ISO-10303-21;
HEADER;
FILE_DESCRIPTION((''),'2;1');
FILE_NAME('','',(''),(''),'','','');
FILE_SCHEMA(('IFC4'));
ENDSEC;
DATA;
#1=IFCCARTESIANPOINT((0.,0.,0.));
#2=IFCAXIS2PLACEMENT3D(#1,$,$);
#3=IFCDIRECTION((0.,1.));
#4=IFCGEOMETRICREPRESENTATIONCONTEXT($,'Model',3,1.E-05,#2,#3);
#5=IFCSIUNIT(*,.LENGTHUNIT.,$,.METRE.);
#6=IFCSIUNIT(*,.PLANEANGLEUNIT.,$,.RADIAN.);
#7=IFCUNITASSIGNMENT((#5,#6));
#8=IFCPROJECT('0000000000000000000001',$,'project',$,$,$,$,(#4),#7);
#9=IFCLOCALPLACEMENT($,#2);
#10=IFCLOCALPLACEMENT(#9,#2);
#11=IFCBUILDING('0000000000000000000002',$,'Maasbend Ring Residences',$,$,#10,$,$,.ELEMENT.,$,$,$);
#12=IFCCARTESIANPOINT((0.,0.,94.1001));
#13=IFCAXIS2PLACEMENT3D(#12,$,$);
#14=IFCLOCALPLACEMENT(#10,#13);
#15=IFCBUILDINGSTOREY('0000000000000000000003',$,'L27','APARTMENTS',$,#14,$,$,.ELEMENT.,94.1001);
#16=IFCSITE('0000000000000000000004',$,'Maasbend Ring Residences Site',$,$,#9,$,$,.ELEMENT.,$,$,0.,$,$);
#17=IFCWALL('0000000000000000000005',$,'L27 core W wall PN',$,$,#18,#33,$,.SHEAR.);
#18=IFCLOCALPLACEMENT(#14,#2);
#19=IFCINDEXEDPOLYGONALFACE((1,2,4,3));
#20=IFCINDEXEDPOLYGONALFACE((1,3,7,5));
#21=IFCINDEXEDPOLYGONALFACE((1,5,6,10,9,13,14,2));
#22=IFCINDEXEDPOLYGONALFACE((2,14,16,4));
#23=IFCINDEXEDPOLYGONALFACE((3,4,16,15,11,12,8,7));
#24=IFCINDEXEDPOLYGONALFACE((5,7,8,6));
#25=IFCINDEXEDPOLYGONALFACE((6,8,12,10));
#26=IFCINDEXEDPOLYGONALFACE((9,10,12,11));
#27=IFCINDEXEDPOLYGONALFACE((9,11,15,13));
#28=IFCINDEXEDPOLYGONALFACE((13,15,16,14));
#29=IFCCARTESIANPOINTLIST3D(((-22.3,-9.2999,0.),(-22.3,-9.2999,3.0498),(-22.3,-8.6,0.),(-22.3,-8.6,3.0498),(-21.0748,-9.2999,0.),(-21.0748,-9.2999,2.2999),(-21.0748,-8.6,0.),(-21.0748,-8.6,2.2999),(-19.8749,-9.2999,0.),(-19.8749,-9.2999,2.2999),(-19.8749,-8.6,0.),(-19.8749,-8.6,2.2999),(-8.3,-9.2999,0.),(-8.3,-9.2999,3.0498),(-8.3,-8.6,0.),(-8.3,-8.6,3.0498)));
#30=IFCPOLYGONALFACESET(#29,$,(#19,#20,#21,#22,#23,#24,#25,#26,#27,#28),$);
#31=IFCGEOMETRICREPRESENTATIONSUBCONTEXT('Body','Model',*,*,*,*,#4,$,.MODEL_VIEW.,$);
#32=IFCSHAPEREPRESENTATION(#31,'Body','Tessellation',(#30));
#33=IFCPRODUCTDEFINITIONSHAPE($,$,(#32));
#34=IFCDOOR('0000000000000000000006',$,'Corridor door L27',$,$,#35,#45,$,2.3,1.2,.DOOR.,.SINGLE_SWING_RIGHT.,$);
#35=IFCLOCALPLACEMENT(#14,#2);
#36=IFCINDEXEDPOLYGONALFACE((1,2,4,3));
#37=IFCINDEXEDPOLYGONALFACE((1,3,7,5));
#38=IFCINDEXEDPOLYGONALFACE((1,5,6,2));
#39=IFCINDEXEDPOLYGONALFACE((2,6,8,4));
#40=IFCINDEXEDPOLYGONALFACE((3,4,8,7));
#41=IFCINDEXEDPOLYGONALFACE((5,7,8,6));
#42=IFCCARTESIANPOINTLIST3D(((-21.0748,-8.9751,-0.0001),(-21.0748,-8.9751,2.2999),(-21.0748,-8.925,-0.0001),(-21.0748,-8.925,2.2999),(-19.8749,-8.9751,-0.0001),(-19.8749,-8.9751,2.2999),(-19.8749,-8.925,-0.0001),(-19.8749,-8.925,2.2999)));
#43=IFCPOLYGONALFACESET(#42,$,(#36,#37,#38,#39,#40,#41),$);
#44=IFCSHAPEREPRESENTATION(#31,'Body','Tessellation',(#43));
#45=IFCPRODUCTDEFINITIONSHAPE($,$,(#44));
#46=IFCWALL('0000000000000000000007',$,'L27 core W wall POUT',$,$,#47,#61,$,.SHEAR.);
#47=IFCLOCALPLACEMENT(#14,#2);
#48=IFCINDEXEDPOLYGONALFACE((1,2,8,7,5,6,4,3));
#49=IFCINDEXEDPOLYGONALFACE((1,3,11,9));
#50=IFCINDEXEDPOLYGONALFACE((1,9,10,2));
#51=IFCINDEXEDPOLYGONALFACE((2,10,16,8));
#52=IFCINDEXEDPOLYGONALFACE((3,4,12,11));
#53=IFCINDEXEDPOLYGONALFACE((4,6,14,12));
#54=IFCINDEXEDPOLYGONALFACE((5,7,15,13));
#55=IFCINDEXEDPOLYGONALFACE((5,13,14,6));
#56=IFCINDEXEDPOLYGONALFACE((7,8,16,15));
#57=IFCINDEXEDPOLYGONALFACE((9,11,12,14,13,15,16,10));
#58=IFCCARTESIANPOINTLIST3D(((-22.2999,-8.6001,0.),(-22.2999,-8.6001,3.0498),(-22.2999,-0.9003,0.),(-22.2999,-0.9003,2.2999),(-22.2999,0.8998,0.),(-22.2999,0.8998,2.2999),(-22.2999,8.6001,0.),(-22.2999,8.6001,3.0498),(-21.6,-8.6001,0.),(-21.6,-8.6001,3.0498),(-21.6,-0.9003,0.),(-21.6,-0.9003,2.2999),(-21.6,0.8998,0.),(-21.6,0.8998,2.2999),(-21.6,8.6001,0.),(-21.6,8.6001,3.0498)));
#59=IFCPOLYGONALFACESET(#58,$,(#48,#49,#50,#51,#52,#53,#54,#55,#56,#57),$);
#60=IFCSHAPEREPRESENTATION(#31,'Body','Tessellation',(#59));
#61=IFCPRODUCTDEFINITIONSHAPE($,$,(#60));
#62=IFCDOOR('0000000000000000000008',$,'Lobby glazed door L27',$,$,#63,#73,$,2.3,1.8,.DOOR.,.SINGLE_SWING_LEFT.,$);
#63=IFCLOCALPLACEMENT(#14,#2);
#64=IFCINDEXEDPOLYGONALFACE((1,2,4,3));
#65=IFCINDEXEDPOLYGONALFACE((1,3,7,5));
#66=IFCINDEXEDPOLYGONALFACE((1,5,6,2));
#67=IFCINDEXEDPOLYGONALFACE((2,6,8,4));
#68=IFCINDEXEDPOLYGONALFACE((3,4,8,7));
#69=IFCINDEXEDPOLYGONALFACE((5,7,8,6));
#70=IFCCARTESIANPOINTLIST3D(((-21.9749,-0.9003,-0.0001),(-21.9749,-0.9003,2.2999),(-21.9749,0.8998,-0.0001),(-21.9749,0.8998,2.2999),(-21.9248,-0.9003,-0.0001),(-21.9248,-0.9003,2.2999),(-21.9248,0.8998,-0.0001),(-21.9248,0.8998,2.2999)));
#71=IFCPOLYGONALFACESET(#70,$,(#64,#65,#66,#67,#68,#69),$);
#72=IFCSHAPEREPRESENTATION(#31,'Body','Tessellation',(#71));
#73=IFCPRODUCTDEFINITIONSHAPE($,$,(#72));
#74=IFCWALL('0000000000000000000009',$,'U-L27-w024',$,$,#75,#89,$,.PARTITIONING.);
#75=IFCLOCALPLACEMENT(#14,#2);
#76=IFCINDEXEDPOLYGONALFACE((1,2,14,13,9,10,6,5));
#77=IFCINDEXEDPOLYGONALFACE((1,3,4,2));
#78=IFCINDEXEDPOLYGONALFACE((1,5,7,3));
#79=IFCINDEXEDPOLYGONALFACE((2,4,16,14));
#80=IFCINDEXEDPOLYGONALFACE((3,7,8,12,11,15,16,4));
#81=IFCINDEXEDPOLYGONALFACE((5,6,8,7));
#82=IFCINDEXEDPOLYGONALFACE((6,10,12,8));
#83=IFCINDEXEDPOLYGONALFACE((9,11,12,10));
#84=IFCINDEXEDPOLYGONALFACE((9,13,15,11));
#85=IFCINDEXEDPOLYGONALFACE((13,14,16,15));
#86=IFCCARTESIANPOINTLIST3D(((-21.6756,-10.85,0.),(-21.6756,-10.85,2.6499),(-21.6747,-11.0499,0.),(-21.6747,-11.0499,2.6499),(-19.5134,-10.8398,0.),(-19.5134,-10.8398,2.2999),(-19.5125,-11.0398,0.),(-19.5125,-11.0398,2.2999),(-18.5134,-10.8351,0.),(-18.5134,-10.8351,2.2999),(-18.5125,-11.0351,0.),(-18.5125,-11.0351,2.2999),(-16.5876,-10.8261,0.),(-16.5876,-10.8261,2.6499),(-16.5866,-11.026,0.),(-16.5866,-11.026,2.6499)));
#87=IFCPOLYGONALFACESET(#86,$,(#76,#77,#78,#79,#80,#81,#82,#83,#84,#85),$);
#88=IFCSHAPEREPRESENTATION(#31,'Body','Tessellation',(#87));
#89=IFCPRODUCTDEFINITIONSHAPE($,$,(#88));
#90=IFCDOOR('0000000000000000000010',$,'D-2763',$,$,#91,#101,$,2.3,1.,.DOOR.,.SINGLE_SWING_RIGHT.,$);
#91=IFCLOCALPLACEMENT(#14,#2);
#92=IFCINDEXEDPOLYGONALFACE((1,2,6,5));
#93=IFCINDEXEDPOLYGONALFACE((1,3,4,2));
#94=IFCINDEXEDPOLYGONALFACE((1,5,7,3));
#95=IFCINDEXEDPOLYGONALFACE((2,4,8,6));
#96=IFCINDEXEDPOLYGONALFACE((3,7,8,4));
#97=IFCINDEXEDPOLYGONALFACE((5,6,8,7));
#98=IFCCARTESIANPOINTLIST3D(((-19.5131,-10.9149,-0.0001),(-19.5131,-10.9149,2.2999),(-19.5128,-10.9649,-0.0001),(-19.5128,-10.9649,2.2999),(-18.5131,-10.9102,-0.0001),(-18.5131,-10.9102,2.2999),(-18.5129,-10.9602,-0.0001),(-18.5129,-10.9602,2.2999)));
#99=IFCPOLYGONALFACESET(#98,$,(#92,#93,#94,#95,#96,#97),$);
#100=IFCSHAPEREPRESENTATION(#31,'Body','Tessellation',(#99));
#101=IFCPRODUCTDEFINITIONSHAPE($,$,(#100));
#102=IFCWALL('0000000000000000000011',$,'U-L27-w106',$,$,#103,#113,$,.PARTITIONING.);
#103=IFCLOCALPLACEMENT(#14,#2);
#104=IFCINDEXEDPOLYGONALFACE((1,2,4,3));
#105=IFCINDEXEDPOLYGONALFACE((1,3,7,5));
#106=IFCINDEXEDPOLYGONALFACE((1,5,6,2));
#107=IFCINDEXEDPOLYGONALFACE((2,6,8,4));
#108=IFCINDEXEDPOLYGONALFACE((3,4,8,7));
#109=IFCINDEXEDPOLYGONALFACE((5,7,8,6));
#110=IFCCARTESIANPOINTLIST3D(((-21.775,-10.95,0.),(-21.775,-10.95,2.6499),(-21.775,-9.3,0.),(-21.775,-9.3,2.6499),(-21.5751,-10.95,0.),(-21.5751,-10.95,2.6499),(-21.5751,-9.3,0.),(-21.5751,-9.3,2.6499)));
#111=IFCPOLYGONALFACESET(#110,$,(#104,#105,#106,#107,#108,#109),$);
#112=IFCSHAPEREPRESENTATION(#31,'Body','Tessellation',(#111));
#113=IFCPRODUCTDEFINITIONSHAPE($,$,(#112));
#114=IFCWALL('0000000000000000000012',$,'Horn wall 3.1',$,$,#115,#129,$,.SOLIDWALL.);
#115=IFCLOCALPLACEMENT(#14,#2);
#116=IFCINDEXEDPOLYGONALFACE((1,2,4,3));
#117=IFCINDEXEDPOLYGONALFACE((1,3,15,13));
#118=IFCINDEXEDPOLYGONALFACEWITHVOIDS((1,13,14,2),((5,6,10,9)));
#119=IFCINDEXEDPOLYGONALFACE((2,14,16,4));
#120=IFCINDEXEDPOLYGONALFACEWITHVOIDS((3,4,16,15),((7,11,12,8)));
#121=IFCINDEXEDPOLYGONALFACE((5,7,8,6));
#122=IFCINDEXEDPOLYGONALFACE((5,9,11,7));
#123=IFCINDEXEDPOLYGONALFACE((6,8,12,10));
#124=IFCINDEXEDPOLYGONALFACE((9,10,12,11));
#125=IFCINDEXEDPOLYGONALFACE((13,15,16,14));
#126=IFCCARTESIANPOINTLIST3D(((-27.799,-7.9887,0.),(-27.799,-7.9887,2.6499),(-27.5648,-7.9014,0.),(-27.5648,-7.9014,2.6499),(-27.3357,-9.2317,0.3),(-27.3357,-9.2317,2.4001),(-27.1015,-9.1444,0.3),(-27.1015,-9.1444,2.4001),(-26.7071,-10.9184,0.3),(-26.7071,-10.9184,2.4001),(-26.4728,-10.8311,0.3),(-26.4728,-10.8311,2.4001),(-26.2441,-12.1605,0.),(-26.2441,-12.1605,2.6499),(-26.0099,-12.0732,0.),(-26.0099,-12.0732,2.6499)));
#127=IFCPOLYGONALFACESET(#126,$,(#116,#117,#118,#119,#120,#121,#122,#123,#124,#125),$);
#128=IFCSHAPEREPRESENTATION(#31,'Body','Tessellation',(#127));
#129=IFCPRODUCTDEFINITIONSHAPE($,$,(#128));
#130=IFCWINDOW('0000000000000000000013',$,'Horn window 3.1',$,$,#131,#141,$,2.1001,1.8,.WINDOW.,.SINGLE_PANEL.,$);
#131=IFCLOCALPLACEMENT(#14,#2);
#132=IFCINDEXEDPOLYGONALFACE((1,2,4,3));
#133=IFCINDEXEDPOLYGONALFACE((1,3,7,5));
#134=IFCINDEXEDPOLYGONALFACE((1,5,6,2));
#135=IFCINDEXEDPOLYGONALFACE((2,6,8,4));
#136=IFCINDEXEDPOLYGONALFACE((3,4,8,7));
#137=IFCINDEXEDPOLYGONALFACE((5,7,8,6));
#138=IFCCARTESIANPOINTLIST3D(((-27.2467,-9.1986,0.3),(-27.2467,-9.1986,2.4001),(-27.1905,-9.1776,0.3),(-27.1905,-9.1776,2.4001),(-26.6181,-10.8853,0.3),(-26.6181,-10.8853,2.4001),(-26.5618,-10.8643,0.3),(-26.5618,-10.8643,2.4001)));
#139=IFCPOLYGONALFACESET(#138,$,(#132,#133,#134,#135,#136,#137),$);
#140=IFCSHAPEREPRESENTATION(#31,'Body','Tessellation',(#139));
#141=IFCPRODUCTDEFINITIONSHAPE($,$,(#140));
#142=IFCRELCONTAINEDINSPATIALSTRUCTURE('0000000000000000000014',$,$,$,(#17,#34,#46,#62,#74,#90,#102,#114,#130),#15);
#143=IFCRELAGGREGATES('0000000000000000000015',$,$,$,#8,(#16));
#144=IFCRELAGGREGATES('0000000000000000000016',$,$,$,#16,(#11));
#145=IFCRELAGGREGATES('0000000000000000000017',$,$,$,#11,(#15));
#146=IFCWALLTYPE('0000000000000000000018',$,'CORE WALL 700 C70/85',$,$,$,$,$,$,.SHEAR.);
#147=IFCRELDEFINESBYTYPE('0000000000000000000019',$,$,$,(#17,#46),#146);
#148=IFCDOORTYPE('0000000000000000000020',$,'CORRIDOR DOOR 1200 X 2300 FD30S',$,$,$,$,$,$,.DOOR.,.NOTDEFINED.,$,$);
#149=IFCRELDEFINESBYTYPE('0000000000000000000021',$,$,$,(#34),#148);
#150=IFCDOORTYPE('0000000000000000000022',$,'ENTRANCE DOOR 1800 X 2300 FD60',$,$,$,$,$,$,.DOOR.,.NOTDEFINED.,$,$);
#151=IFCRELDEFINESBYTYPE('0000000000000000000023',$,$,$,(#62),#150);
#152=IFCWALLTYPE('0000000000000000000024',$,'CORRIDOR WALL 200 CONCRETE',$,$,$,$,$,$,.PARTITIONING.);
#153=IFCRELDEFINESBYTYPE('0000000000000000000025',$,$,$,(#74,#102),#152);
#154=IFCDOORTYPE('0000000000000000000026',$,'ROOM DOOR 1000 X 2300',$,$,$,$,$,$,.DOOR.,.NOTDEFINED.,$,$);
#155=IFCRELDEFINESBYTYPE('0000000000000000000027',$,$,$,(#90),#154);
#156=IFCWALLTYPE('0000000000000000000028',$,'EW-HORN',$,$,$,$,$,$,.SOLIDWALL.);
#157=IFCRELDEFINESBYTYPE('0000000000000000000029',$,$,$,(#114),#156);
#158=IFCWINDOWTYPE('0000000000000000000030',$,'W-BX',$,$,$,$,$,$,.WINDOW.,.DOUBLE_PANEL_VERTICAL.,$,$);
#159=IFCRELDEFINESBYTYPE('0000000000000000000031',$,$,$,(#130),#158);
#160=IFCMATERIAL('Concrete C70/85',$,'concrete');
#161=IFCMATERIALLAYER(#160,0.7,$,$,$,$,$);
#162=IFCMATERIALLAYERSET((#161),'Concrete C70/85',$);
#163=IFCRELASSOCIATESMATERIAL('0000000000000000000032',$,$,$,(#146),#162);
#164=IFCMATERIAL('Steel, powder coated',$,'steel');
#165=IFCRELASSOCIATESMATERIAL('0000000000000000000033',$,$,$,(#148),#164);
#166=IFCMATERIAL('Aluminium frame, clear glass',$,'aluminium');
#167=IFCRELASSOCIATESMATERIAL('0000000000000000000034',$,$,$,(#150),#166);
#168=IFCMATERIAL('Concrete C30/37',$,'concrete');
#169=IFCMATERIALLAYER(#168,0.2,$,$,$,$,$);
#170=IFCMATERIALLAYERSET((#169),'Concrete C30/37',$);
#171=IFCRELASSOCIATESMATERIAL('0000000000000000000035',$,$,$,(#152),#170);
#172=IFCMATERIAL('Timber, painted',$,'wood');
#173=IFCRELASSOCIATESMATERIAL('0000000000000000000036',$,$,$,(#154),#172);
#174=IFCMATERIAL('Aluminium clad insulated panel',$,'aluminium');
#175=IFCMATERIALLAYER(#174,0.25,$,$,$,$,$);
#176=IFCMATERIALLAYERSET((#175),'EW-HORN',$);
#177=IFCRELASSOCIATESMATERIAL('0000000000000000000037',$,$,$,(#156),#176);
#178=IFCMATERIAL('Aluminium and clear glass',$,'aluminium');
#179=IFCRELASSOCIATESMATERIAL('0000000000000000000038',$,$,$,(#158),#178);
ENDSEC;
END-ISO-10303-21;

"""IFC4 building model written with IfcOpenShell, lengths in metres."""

from ifc_helpers import new_model, si_unit, direction, frame, frame_2d, origin, place, context, subcontext, project, spatial, rectangle, extrude, material, layer, layer_set, type_object, element, fill, save


model = new_model("IFC4")

# Units and contexts
model_context = context("Model", 3, precision=1e-05, world=origin(), true_north=direction((0.0, 1.0)))
body_context = subcontext(model_context, "Body", "Model", "MODEL_VIEW")
ifc_project = project(units=[si_unit("LENGTHUNIT", "METRE"), si_unit("PLANEANGLEUNIT", "RADIAN")], contexts=[model_context])

# Site, building, storey
site_placement = place(None, origin())
site = spatial("IfcSite", under=ifc_project, at=site_placement, Name="Maasbend Ring Residences Site", CompositionType="ELEMENT", RefElevation=0.0)
building_placement = place(site_placement, origin())
building = spatial("IfcBuilding", under=site, at=building_placement, Name="Maasbend Ring Residences", CompositionType="ELEMENT")
storey_placement = place(building_placement, frame((0.0, 0.0, 94.1001)))
storey = spatial("IfcBuildingStorey", under=building, at=storey_placement, Name="L27", Description="APARTMENTS", CompositionType="ELEMENT", Elevation=94.1001)

# Walls, openings, doors
ifc_material_1 = material(Name="Concrete C70/85", Category="concrete")
ifc_layer_1 = layer(ifc_material_1, 0.7)
ifc_layer_set_1 = layer_set([ifc_layer_1], Name="Concrete C70/85")
wall_type_1 = type_object("IfcWallType", Name="CORE WALL 700 C70/85", PredefinedType="SHEAR", material=ifc_layer_set_1)
wall_1_placement = place(storey_placement, frame((-22.3, -8.95, 0.0), z_axis=(0.0, 0.0, 1.0), x_axis=(1.0, 0.0, 0.0)))
wall_1 = element("IfcWall", 1, at=wall_1_placement, inside=storey, type_object=wall_type_1, Name="L27 core W wall PN", PredefinedType="SHEAR", context=body_context, shape_type="SweptSolid", body=[
    extrude(rectangle(XDim=14.0, YDim=0.7, at=frame_2d((7.0, 0.0))), origin(), (0.0, 0.0, 1.0), 3.0498),
])
opening_1_placement = place(wall_1_placement, frame((1.2251, 0.0, 0.0)))
opening_1 = element("IfcOpeningElement", 2, at=opening_1_placement, cuts=wall_1, PredefinedType="OPENING", context=body_context, shape_type="SweptSolid", body=[
    extrude(rectangle(XDim=1.2, YDim=2.3, at=frame_2d((0.6001, 1.1499))), frame((0.0, 0.3599, 0.0), z_axis=(0.0, -1.0, 0.0), x_axis=(1.0, 0.0, 0.0)), (0.0, 0.0, 1.0), 0.72),
])
ifc_material_2 = material(Name="Steel, powder coated", Category="steel")
door_type_1 = type_object("IfcDoorType", Name="CORRIDOR DOOR 1200 X 2300 FD30S", OperationType="NOTDEFINED", PredefinedType="DOOR", material=ifc_material_2)
door_1_placement = place(opening_1_placement, origin())
door_1 = element("IfcDoor", 3, at=door_1_placement, inside=storey, type_object=door_type_1, Name="Corridor door L27", OperationType="SINGLE_SWING_RIGHT", OverallHeight=2.3, OverallWidth=1.2, PredefinedType="DOOR", context=body_context, shape_type="SweptSolid", body=[
    extrude(rectangle(XDim=1.2, YDim=2.3, at=frame_2d((0.6001, 1.1499))), frame((0.0, 0.0249, 0.0), z_axis=(0.0, -1.0, 0.0), x_axis=(1.0, 0.0, 0.0)), (0.0, 0.0, 1.0), 0.05),
])
fill(opening_1, door_1)
wall_2_placement = place(storey_placement, frame((-21.95, -8.6001, 0.0), z_axis=(0.0, 0.0, 1.0), x_axis=(0.0, 1.0, 0.0)))
wall_2 = element("IfcWall", 4, at=wall_2_placement, inside=storey, type_object=wall_type_1, Name="L27 core W wall POUT", PredefinedType="SHEAR", context=body_context, shape_type="SweptSolid", body=[
    extrude(rectangle(XDim=17.2002, YDim=0.7, at=frame_2d((8.6001, 0.0))), origin(), (0.0, 0.0, 1.0), 3.0498),
])
opening_2_placement = place(wall_2_placement, frame((7.7, 0.0, 0.0)))
opening_2 = element("IfcOpeningElement", 5, at=opening_2_placement, cuts=wall_2, PredefinedType="OPENING", context=body_context, shape_type="SweptSolid", body=[
    extrude(rectangle(XDim=1.8, YDim=2.3, at=frame_2d((0.8999, 1.1499))), frame((0.0, 0.3599, 0.0), z_axis=(0.0, -1.0, 0.0), x_axis=(1.0, 0.0, 0.0)), (0.0, 0.0, 1.0), 0.72),
])
ifc_material_3 = material(Name="Aluminium frame, clear glass", Category="aluminium")
door_type_2 = type_object("IfcDoorType", Name="ENTRANCE DOOR 1800 X 2300 FD60", OperationType="NOTDEFINED", PredefinedType="DOOR", material=ifc_material_3)
door_2_placement = place(opening_2_placement, origin())
door_2 = element("IfcDoor", 6, at=door_2_placement, inside=storey, type_object=door_type_2, Name="Lobby glazed door L27", OperationType="SINGLE_SWING_LEFT", OverallHeight=2.3, OverallWidth=1.8, PredefinedType="DOOR", context=body_context, shape_type="SweptSolid", body=[
    extrude(rectangle(XDim=1.8, YDim=2.3, at=frame_2d((0.8999, 1.1499))), frame((0.0, 0.0249, 0.0), z_axis=(0.0, -1.0, 0.0), x_axis=(1.0, 0.0, 0.0)), (0.0, 0.0, 1.0), 0.05),
])
fill(opening_2, door_2)
ifc_material_4 = material(Name="Concrete C30/37", Category="concrete")
ifc_layer_2 = layer(ifc_material_4, 0.2)
ifc_layer_set_2 = layer_set([ifc_layer_2], Name="Concrete C30/37")
wall_type_2 = type_object("IfcWallType", Name="CORRIDOR WALL 200 CONCRETE", PredefinedType="PARTITIONING", material=ifc_layer_set_2)
wall_3_placement = place(storey_placement, frame((-21.675, -10.95, 0.0), z_axis=(0.0, 0.0, 1.0), x_axis=(0.999989, 0.004702, 0.0)))
wall_3 = element("IfcWall", 7, at=wall_3_placement, inside=storey, type_object=wall_type_2, Name="U-L27-w024", PredefinedType="PARTITIONING", context=body_context, shape_type="SweptSolid", body=[
    extrude(rectangle(XDim=5.0881, YDim=0.2, at=frame_2d((2.5439, 0.0))), origin(), (0.0, 0.0, 1.0), 2.6499),
])
opening_3_placement = place(wall_3_placement, frame((2.1621, 0.0, 0.0)))
opening_3 = element("IfcOpeningElement", 8, at=opening_3_placement, cuts=wall_3, PredefinedType="OPENING", context=body_context, shape_type="SweptSolid", body=[
    extrude(rectangle(XDim=1.0, YDim=2.3, at=frame_2d((0.5, 1.1499))), frame((0.0, 0.1099, 0.0), z_axis=(0.0, -1.0, 0.0), x_axis=(1.0, 0.0, 0.0)), (0.0, 0.0, 1.0), 0.22),
])
ifc_material_5 = material(Name="Timber, painted", Category="wood")
door_type_3 = type_object("IfcDoorType", Name="ROOM DOOR 1000 X 2300", OperationType="NOTDEFINED", PredefinedType="DOOR", material=ifc_material_5)
door_3_placement = place(opening_3_placement, origin())
door_3 = element("IfcDoor", 9, at=door_3_placement, inside=storey, type_object=door_type_3, Name="D-2763", OperationType="SINGLE_SWING_RIGHT", OverallHeight=2.3, OverallWidth=1.0, PredefinedType="DOOR", context=body_context, shape_type="SweptSolid", body=[
    extrude(rectangle(XDim=1.0, YDim=2.3, at=frame_2d((0.5, 1.1499))), frame((0.0, 0.0249, 0.0), z_axis=(0.0, -1.0, 0.0), x_axis=(1.0, 0.0, 0.0)), (0.0, 0.0, 1.0), 0.05),
])
fill(opening_3, door_3)

# Wall
wall_4_placement = place(storey_placement, frame((-21.675, -10.95, 0.0), z_axis=(0.0, 0.0, 1.0), x_axis=(0.0, 1.0, 0.0)))
element("IfcWall", 10, at=wall_4_placement, inside=storey, type_object=wall_type_2, Name="U-L27-w106", PredefinedType="PARTITIONING", context=body_context, shape_type="SweptSolid", body=[
    extrude(rectangle(XDim=1.6499, YDim=0.2, at=frame_2d((0.825, 0.0))), origin(), (0.0, 0.0, 1.0), 2.6499),
])

# Wall, opening, window
ifc_material_6 = material(Name="Aluminium clad insulated panel", Category="aluminium")
ifc_layer_3 = layer(ifc_material_6, 0.25)
ifc_layer_set_3 = layer_set([ifc_layer_3], Name="EW-HORN")
wall_type_3 = type_object("IfcWallType", Name="EW-HORN", PredefinedType="SOLIDWALL", material=ifc_layer_set_3)
wall_5_placement = place(storey_placement, frame((-27.6819, -7.9451, 0.0), z_axis=(0.0, 0.0, 1.0), x_axis=(0.349248, -0.93703, 0.0)))
wall_5 = element("IfcWall", 11, at=wall_5_placement, inside=storey, type_object=wall_type_3, Name="Horn wall 3.1", PredefinedType="SOLIDWALL", context=body_context, shape_type="SweptSolid", body=[
    extrude(rectangle(XDim=4.4521, YDim=0.25, at=frame_2d((2.2261, 0.0))), origin(), (0.0, 0.0, 1.0), 2.6499),
])
opening_4_placement = place(wall_5_placement, frame((1.3267, 0.0, 0.3)))
opening_4 = element("IfcOpeningElement", 12, at=opening_4_placement, cuts=wall_5, PredefinedType="OPENING", context=body_context, shape_type="SweptSolid", body=[
    extrude(rectangle(XDim=1.8, YDim=2.1001, at=frame_2d((0.8999, 1.05))), frame((0.0, 0.135, 0.0), z_axis=(0.0, -1.0, 0.0), x_axis=(1.0, 0.0, 0.0)), (0.0, 0.0, 1.0), 0.27),
])
ifc_material_7 = material(Name="Aluminium and clear glass", Category="aluminium")
window_type = type_object("IfcWindowType", Name="W-BX", PartitioningType="DOUBLE_PANEL_VERTICAL", PredefinedType="WINDOW", material=ifc_material_7)
window_1_placement = place(opening_4_placement, origin())
window_1 = element("IfcWindow", 13, at=window_1_placement, inside=storey, type_object=window_type, Name="Horn window 3.1", OverallHeight=2.1001, OverallWidth=1.8, PartitioningType="SINGLE_PANEL", PredefinedType="WINDOW", context=body_context, shape_type="SweptSolid", body=[
    extrude(rectangle(XDim=1.8, YDim=2.1001, at=frame_2d((0.8999, 1.05))), frame((0.0, 0.03, 0.0), z_axis=(0.0, -1.0, 0.0), x_axis=(1.0, 0.0, 0.0)), (0.0, 0.0, 1.0), 0.0601),
])
fill(opening_4, window_1)

save(model, "model.ifc")
